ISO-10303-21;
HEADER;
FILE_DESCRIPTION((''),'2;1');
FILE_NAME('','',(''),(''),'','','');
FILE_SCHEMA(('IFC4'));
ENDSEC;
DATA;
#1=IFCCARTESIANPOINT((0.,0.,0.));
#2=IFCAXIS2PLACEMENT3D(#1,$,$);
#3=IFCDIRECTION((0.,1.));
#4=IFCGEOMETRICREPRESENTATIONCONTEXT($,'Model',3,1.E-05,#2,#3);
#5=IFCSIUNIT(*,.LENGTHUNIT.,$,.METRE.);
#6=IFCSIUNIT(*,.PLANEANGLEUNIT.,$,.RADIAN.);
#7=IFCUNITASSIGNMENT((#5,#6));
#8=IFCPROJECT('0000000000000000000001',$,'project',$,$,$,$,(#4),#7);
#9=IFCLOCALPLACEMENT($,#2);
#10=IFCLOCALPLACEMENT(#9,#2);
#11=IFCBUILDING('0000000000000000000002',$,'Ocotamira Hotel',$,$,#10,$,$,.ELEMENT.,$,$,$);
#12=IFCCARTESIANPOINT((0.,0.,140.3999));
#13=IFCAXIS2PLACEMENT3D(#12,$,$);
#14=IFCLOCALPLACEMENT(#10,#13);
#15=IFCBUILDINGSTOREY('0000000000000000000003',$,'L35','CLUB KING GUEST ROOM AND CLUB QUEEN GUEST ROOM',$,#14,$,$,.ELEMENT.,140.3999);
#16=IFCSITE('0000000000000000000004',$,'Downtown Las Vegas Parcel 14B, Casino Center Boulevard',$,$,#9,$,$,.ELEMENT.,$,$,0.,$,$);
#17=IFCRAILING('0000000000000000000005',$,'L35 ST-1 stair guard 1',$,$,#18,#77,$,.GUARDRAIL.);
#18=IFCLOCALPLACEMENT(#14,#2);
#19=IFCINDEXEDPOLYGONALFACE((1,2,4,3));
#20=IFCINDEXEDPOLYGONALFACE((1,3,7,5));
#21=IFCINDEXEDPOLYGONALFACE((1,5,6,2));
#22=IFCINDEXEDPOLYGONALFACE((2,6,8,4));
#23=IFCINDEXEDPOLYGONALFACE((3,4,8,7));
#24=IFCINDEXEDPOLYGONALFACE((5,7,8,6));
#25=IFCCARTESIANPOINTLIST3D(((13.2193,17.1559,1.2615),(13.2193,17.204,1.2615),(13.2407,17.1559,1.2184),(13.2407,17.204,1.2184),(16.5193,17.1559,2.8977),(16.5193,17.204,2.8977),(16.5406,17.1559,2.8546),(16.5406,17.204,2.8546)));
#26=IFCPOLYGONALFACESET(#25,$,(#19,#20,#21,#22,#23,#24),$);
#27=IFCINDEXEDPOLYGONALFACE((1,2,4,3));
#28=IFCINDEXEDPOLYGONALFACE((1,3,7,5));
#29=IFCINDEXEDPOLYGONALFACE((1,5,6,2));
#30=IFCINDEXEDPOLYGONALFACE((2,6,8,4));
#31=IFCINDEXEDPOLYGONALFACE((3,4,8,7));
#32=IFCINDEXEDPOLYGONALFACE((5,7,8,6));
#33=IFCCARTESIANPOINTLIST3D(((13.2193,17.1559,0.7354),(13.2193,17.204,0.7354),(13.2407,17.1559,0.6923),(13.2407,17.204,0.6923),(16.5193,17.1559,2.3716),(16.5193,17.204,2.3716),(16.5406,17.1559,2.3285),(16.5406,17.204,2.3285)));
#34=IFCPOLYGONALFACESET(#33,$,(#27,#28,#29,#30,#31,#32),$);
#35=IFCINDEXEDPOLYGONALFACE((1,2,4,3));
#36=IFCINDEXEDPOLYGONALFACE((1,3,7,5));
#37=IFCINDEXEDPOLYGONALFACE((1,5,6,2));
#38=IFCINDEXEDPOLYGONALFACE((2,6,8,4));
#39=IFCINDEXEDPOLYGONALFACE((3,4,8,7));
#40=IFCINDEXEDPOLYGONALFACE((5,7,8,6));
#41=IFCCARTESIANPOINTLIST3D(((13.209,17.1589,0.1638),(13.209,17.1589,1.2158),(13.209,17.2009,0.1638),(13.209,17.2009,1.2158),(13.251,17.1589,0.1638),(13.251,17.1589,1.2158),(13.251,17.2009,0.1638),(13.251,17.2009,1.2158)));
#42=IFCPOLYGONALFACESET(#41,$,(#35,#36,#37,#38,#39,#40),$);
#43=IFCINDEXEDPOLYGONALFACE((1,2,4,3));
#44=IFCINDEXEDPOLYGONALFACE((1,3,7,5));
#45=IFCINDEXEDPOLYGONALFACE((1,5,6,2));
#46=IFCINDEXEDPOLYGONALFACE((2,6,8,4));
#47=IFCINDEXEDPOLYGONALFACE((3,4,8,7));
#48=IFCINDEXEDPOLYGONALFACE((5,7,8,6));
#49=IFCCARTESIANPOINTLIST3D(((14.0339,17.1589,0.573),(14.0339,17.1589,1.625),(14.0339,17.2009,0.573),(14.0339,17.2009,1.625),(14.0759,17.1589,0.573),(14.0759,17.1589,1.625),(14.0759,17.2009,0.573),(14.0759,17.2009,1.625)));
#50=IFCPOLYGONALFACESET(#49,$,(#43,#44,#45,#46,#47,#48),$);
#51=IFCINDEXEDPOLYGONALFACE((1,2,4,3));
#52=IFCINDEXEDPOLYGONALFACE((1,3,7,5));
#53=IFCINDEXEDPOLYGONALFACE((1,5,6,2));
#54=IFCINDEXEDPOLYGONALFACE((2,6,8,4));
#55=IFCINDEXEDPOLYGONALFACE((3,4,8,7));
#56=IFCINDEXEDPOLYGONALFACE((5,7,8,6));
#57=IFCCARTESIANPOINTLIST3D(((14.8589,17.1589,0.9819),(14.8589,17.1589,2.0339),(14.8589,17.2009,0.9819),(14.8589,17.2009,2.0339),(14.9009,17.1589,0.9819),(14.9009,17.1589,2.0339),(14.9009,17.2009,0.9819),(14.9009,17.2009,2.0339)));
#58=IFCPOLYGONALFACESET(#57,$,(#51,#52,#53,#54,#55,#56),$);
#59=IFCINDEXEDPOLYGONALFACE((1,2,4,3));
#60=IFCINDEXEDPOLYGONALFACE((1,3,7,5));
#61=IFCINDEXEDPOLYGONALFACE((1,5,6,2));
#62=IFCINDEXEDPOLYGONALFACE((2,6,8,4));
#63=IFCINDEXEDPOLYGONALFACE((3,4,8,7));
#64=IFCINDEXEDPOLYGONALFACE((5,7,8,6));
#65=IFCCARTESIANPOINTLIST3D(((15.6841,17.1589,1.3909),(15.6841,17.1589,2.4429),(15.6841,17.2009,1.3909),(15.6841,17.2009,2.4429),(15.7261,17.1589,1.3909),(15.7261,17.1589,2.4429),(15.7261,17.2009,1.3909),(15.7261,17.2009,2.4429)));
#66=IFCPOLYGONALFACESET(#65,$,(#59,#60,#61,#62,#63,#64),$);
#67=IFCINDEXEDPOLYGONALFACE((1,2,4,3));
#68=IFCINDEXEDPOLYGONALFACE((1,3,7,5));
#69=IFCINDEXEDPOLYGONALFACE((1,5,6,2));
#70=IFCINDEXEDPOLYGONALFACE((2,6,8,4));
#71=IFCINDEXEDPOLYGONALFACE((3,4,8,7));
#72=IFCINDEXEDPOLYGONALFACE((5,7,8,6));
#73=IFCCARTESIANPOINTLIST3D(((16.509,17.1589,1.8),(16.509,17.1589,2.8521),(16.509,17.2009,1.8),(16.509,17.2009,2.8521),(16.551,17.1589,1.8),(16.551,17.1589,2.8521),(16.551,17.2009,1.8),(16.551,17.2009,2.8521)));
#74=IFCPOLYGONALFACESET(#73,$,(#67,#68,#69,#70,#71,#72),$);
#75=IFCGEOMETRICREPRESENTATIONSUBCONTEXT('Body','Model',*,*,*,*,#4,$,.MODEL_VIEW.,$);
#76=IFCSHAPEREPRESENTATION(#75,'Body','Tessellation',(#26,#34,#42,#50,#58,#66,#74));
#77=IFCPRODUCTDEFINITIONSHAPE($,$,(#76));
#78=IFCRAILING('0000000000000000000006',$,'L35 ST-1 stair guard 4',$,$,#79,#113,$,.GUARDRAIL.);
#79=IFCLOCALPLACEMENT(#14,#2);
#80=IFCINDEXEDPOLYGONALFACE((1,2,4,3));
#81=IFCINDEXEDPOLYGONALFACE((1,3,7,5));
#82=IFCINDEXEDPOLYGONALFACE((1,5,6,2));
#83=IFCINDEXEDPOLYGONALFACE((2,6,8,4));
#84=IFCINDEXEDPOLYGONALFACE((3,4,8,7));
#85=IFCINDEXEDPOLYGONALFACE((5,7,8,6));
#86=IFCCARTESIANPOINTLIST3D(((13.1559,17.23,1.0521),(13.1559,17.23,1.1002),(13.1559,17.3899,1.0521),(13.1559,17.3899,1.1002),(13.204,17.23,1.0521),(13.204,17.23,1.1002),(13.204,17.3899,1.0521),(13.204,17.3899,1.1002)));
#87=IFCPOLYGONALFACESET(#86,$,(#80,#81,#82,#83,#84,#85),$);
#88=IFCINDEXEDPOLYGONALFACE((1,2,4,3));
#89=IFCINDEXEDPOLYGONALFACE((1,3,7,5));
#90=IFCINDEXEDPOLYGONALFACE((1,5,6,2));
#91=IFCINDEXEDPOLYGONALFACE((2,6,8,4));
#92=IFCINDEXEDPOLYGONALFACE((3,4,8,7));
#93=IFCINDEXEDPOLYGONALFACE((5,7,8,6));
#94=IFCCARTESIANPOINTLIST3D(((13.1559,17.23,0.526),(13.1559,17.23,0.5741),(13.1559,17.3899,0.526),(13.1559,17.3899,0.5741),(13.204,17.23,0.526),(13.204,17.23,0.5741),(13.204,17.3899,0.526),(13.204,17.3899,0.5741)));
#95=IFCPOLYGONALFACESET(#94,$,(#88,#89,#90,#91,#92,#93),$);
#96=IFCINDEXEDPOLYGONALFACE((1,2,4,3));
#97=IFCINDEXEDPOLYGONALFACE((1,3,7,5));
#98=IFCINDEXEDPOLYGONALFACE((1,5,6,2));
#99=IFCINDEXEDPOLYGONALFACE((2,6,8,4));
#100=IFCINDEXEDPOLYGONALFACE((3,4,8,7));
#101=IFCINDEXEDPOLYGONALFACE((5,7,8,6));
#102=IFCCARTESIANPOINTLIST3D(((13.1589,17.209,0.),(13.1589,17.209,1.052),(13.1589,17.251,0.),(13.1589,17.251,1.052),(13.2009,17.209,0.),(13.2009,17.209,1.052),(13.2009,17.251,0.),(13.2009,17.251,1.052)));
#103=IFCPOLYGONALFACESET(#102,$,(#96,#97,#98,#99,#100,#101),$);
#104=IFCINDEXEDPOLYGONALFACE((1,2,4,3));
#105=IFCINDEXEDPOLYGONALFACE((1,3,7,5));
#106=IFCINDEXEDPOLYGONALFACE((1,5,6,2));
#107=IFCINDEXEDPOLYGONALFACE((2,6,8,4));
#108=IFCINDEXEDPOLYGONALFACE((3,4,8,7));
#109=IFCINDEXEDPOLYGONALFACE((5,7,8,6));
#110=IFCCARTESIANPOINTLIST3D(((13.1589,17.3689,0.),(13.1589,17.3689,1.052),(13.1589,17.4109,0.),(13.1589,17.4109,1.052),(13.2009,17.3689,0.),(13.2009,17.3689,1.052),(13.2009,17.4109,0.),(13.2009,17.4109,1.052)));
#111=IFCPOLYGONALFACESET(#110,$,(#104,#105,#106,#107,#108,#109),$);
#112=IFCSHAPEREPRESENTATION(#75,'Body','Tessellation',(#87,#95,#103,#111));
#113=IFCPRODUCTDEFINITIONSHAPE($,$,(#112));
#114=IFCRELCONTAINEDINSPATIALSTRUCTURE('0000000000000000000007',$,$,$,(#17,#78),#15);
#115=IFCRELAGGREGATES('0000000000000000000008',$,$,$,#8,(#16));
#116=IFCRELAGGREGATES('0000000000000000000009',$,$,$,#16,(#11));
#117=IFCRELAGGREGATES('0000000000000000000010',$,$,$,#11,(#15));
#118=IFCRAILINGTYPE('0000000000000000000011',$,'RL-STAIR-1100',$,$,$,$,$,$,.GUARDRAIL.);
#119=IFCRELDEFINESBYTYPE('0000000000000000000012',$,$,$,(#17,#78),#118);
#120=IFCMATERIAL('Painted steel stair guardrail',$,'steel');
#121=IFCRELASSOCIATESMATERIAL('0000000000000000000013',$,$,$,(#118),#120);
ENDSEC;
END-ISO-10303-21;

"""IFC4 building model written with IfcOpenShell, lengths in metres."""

from ifc_helpers import new_model, si_unit, direction, frame, origin, origin_2d, place, context, subcontext, project, spatial, rectangle, extrude, material, type_object, element, save


model = new_model("IFC4")

# Units and contexts
model_context = context("Model", 3, precision=1e-05, world=origin(), true_north=direction((0.0, 1.0)))
body_context = subcontext(model_context, "Body", "Model", "MODEL_VIEW")
ifc_project = project(units=[si_unit("LENGTHUNIT", "METRE"), si_unit("PLANEANGLEUNIT", "RADIAN")], contexts=[model_context])

# Site, building, storey
site_placement = place(None, origin())
site = spatial("IfcSite", under=ifc_project, at=site_placement, Name="Downtown Las Vegas Parcel 14B, Casino Center Boulevard", CompositionType="ELEMENT", RefElevation=0.0)
building_placement = place(site_placement, origin())
building = spatial("IfcBuilding", under=site, at=building_placement, Name="Ocotamira Hotel", CompositionType="ELEMENT")
storey_placement = place(building_placement, frame((0.0, 0.0, 140.3999)))
storey = spatial("IfcBuildingStorey", under=building, at=storey_placement, Name="L35", Description="CLUB KING GUEST ROOM AND CLUB QUEEN GUEST ROOM", CompositionType="ELEMENT", Elevation=140.3999)

# Railings
ifc_material_1 = material(Name="Painted steel stair guardrail", Category="steel")
railing_type_1 = type_object("IfcRailingType", Name="RL-STAIR-1100", PredefinedType="GUARDRAIL", material=ifc_material_1)
railing_1_placement = place(storey_placement, frame((13.23, 17.1799, 0.1638)))
element("IfcRailing", 1, at=railing_1_placement, inside=storey, type_object=railing_type_1, Name="L35 ST-1 stair guard 1", PredefinedType="GUARDRAIL", context=body_context, shape_type="SweptSolid", body=[
    extrude(rectangle(XDim=0.0481, YDim=0.0481, at=origin_2d()), frame((0.0, 0.0, 1.0762), z_axis=(0.89592, 0.0, 0.444215), x_axis=(0.0, 1.0, 0.0)), (0.0, 0.0, 1.0), 3.6833),
    extrude(rectangle(XDim=0.0481, YDim=0.0481, at=origin_2d()), frame((0.0, 0.0, 0.55), z_axis=(0.89592, 0.0, 0.444215), x_axis=(0.0, 1.0, 0.0)), (0.0, 0.0, 1.0), 3.6833),
    extrude(rectangle(XDim=0.042, YDim=0.042, at=origin_2d()), origin(), (0.0, 0.0, 1.0), 1.052),
    extrude(rectangle(XDim=0.042, YDim=0.042, at=origin_2d()), frame((0.825, 0.0, 0.4092)), (0.0, 0.0, 1.0), 1.052),
    extrude(rectangle(XDim=0.042, YDim=0.042, at=origin_2d()), frame((1.6499, 0.0, 0.8181)), (0.0, 0.0, 1.0), 1.052),
    extrude(rectangle(XDim=0.042, YDim=0.042, at=origin_2d()), frame((2.4751, 0.0, 1.2271)), (0.0, 0.0, 1.0), 1.052),
    extrude(rectangle(XDim=0.042, YDim=0.042, at=origin_2d()), frame((3.3, 0.0, 1.6362)), (0.0, 0.0, 1.0), 1.052),
])
railing_2_placement = place(storey_placement, frame((13.1799, 17.23, 0.0)))
element("IfcRailing", 2, at=railing_2_placement, inside=storey, type_object=railing_type_1, Name="L35 ST-1 stair guard 4", PredefinedType="GUARDRAIL", context=body_context, shape_type="SweptSolid", body=[
    extrude(rectangle(XDim=0.0481, YDim=0.0481, at=origin_2d()), frame((0.0, 0.0, 1.0762), z_axis=(0.0, 1.0, 0.0), x_axis=(-1.0, 0.0, 0.0)), (0.0, 0.0, 1.0), 0.1599),
    extrude(rectangle(XDim=0.0481, YDim=0.0481, at=origin_2d()), frame((0.0, 0.0, 0.55), z_axis=(0.0, 1.0, 0.0), x_axis=(-1.0, 0.0, 0.0)), (0.0, 0.0, 1.0), 0.1599),
    extrude(rectangle(XDim=0.042, YDim=0.042, at=origin_2d()), origin(), (0.0, 0.0, 1.0), 1.052),
    extrude(rectangle(XDim=0.042, YDim=0.042, at=origin_2d()), frame((0.0, 0.1599, 0.0)), (0.0, 0.0, 1.0), 1.052),
])

save(model, "model.ifc")
